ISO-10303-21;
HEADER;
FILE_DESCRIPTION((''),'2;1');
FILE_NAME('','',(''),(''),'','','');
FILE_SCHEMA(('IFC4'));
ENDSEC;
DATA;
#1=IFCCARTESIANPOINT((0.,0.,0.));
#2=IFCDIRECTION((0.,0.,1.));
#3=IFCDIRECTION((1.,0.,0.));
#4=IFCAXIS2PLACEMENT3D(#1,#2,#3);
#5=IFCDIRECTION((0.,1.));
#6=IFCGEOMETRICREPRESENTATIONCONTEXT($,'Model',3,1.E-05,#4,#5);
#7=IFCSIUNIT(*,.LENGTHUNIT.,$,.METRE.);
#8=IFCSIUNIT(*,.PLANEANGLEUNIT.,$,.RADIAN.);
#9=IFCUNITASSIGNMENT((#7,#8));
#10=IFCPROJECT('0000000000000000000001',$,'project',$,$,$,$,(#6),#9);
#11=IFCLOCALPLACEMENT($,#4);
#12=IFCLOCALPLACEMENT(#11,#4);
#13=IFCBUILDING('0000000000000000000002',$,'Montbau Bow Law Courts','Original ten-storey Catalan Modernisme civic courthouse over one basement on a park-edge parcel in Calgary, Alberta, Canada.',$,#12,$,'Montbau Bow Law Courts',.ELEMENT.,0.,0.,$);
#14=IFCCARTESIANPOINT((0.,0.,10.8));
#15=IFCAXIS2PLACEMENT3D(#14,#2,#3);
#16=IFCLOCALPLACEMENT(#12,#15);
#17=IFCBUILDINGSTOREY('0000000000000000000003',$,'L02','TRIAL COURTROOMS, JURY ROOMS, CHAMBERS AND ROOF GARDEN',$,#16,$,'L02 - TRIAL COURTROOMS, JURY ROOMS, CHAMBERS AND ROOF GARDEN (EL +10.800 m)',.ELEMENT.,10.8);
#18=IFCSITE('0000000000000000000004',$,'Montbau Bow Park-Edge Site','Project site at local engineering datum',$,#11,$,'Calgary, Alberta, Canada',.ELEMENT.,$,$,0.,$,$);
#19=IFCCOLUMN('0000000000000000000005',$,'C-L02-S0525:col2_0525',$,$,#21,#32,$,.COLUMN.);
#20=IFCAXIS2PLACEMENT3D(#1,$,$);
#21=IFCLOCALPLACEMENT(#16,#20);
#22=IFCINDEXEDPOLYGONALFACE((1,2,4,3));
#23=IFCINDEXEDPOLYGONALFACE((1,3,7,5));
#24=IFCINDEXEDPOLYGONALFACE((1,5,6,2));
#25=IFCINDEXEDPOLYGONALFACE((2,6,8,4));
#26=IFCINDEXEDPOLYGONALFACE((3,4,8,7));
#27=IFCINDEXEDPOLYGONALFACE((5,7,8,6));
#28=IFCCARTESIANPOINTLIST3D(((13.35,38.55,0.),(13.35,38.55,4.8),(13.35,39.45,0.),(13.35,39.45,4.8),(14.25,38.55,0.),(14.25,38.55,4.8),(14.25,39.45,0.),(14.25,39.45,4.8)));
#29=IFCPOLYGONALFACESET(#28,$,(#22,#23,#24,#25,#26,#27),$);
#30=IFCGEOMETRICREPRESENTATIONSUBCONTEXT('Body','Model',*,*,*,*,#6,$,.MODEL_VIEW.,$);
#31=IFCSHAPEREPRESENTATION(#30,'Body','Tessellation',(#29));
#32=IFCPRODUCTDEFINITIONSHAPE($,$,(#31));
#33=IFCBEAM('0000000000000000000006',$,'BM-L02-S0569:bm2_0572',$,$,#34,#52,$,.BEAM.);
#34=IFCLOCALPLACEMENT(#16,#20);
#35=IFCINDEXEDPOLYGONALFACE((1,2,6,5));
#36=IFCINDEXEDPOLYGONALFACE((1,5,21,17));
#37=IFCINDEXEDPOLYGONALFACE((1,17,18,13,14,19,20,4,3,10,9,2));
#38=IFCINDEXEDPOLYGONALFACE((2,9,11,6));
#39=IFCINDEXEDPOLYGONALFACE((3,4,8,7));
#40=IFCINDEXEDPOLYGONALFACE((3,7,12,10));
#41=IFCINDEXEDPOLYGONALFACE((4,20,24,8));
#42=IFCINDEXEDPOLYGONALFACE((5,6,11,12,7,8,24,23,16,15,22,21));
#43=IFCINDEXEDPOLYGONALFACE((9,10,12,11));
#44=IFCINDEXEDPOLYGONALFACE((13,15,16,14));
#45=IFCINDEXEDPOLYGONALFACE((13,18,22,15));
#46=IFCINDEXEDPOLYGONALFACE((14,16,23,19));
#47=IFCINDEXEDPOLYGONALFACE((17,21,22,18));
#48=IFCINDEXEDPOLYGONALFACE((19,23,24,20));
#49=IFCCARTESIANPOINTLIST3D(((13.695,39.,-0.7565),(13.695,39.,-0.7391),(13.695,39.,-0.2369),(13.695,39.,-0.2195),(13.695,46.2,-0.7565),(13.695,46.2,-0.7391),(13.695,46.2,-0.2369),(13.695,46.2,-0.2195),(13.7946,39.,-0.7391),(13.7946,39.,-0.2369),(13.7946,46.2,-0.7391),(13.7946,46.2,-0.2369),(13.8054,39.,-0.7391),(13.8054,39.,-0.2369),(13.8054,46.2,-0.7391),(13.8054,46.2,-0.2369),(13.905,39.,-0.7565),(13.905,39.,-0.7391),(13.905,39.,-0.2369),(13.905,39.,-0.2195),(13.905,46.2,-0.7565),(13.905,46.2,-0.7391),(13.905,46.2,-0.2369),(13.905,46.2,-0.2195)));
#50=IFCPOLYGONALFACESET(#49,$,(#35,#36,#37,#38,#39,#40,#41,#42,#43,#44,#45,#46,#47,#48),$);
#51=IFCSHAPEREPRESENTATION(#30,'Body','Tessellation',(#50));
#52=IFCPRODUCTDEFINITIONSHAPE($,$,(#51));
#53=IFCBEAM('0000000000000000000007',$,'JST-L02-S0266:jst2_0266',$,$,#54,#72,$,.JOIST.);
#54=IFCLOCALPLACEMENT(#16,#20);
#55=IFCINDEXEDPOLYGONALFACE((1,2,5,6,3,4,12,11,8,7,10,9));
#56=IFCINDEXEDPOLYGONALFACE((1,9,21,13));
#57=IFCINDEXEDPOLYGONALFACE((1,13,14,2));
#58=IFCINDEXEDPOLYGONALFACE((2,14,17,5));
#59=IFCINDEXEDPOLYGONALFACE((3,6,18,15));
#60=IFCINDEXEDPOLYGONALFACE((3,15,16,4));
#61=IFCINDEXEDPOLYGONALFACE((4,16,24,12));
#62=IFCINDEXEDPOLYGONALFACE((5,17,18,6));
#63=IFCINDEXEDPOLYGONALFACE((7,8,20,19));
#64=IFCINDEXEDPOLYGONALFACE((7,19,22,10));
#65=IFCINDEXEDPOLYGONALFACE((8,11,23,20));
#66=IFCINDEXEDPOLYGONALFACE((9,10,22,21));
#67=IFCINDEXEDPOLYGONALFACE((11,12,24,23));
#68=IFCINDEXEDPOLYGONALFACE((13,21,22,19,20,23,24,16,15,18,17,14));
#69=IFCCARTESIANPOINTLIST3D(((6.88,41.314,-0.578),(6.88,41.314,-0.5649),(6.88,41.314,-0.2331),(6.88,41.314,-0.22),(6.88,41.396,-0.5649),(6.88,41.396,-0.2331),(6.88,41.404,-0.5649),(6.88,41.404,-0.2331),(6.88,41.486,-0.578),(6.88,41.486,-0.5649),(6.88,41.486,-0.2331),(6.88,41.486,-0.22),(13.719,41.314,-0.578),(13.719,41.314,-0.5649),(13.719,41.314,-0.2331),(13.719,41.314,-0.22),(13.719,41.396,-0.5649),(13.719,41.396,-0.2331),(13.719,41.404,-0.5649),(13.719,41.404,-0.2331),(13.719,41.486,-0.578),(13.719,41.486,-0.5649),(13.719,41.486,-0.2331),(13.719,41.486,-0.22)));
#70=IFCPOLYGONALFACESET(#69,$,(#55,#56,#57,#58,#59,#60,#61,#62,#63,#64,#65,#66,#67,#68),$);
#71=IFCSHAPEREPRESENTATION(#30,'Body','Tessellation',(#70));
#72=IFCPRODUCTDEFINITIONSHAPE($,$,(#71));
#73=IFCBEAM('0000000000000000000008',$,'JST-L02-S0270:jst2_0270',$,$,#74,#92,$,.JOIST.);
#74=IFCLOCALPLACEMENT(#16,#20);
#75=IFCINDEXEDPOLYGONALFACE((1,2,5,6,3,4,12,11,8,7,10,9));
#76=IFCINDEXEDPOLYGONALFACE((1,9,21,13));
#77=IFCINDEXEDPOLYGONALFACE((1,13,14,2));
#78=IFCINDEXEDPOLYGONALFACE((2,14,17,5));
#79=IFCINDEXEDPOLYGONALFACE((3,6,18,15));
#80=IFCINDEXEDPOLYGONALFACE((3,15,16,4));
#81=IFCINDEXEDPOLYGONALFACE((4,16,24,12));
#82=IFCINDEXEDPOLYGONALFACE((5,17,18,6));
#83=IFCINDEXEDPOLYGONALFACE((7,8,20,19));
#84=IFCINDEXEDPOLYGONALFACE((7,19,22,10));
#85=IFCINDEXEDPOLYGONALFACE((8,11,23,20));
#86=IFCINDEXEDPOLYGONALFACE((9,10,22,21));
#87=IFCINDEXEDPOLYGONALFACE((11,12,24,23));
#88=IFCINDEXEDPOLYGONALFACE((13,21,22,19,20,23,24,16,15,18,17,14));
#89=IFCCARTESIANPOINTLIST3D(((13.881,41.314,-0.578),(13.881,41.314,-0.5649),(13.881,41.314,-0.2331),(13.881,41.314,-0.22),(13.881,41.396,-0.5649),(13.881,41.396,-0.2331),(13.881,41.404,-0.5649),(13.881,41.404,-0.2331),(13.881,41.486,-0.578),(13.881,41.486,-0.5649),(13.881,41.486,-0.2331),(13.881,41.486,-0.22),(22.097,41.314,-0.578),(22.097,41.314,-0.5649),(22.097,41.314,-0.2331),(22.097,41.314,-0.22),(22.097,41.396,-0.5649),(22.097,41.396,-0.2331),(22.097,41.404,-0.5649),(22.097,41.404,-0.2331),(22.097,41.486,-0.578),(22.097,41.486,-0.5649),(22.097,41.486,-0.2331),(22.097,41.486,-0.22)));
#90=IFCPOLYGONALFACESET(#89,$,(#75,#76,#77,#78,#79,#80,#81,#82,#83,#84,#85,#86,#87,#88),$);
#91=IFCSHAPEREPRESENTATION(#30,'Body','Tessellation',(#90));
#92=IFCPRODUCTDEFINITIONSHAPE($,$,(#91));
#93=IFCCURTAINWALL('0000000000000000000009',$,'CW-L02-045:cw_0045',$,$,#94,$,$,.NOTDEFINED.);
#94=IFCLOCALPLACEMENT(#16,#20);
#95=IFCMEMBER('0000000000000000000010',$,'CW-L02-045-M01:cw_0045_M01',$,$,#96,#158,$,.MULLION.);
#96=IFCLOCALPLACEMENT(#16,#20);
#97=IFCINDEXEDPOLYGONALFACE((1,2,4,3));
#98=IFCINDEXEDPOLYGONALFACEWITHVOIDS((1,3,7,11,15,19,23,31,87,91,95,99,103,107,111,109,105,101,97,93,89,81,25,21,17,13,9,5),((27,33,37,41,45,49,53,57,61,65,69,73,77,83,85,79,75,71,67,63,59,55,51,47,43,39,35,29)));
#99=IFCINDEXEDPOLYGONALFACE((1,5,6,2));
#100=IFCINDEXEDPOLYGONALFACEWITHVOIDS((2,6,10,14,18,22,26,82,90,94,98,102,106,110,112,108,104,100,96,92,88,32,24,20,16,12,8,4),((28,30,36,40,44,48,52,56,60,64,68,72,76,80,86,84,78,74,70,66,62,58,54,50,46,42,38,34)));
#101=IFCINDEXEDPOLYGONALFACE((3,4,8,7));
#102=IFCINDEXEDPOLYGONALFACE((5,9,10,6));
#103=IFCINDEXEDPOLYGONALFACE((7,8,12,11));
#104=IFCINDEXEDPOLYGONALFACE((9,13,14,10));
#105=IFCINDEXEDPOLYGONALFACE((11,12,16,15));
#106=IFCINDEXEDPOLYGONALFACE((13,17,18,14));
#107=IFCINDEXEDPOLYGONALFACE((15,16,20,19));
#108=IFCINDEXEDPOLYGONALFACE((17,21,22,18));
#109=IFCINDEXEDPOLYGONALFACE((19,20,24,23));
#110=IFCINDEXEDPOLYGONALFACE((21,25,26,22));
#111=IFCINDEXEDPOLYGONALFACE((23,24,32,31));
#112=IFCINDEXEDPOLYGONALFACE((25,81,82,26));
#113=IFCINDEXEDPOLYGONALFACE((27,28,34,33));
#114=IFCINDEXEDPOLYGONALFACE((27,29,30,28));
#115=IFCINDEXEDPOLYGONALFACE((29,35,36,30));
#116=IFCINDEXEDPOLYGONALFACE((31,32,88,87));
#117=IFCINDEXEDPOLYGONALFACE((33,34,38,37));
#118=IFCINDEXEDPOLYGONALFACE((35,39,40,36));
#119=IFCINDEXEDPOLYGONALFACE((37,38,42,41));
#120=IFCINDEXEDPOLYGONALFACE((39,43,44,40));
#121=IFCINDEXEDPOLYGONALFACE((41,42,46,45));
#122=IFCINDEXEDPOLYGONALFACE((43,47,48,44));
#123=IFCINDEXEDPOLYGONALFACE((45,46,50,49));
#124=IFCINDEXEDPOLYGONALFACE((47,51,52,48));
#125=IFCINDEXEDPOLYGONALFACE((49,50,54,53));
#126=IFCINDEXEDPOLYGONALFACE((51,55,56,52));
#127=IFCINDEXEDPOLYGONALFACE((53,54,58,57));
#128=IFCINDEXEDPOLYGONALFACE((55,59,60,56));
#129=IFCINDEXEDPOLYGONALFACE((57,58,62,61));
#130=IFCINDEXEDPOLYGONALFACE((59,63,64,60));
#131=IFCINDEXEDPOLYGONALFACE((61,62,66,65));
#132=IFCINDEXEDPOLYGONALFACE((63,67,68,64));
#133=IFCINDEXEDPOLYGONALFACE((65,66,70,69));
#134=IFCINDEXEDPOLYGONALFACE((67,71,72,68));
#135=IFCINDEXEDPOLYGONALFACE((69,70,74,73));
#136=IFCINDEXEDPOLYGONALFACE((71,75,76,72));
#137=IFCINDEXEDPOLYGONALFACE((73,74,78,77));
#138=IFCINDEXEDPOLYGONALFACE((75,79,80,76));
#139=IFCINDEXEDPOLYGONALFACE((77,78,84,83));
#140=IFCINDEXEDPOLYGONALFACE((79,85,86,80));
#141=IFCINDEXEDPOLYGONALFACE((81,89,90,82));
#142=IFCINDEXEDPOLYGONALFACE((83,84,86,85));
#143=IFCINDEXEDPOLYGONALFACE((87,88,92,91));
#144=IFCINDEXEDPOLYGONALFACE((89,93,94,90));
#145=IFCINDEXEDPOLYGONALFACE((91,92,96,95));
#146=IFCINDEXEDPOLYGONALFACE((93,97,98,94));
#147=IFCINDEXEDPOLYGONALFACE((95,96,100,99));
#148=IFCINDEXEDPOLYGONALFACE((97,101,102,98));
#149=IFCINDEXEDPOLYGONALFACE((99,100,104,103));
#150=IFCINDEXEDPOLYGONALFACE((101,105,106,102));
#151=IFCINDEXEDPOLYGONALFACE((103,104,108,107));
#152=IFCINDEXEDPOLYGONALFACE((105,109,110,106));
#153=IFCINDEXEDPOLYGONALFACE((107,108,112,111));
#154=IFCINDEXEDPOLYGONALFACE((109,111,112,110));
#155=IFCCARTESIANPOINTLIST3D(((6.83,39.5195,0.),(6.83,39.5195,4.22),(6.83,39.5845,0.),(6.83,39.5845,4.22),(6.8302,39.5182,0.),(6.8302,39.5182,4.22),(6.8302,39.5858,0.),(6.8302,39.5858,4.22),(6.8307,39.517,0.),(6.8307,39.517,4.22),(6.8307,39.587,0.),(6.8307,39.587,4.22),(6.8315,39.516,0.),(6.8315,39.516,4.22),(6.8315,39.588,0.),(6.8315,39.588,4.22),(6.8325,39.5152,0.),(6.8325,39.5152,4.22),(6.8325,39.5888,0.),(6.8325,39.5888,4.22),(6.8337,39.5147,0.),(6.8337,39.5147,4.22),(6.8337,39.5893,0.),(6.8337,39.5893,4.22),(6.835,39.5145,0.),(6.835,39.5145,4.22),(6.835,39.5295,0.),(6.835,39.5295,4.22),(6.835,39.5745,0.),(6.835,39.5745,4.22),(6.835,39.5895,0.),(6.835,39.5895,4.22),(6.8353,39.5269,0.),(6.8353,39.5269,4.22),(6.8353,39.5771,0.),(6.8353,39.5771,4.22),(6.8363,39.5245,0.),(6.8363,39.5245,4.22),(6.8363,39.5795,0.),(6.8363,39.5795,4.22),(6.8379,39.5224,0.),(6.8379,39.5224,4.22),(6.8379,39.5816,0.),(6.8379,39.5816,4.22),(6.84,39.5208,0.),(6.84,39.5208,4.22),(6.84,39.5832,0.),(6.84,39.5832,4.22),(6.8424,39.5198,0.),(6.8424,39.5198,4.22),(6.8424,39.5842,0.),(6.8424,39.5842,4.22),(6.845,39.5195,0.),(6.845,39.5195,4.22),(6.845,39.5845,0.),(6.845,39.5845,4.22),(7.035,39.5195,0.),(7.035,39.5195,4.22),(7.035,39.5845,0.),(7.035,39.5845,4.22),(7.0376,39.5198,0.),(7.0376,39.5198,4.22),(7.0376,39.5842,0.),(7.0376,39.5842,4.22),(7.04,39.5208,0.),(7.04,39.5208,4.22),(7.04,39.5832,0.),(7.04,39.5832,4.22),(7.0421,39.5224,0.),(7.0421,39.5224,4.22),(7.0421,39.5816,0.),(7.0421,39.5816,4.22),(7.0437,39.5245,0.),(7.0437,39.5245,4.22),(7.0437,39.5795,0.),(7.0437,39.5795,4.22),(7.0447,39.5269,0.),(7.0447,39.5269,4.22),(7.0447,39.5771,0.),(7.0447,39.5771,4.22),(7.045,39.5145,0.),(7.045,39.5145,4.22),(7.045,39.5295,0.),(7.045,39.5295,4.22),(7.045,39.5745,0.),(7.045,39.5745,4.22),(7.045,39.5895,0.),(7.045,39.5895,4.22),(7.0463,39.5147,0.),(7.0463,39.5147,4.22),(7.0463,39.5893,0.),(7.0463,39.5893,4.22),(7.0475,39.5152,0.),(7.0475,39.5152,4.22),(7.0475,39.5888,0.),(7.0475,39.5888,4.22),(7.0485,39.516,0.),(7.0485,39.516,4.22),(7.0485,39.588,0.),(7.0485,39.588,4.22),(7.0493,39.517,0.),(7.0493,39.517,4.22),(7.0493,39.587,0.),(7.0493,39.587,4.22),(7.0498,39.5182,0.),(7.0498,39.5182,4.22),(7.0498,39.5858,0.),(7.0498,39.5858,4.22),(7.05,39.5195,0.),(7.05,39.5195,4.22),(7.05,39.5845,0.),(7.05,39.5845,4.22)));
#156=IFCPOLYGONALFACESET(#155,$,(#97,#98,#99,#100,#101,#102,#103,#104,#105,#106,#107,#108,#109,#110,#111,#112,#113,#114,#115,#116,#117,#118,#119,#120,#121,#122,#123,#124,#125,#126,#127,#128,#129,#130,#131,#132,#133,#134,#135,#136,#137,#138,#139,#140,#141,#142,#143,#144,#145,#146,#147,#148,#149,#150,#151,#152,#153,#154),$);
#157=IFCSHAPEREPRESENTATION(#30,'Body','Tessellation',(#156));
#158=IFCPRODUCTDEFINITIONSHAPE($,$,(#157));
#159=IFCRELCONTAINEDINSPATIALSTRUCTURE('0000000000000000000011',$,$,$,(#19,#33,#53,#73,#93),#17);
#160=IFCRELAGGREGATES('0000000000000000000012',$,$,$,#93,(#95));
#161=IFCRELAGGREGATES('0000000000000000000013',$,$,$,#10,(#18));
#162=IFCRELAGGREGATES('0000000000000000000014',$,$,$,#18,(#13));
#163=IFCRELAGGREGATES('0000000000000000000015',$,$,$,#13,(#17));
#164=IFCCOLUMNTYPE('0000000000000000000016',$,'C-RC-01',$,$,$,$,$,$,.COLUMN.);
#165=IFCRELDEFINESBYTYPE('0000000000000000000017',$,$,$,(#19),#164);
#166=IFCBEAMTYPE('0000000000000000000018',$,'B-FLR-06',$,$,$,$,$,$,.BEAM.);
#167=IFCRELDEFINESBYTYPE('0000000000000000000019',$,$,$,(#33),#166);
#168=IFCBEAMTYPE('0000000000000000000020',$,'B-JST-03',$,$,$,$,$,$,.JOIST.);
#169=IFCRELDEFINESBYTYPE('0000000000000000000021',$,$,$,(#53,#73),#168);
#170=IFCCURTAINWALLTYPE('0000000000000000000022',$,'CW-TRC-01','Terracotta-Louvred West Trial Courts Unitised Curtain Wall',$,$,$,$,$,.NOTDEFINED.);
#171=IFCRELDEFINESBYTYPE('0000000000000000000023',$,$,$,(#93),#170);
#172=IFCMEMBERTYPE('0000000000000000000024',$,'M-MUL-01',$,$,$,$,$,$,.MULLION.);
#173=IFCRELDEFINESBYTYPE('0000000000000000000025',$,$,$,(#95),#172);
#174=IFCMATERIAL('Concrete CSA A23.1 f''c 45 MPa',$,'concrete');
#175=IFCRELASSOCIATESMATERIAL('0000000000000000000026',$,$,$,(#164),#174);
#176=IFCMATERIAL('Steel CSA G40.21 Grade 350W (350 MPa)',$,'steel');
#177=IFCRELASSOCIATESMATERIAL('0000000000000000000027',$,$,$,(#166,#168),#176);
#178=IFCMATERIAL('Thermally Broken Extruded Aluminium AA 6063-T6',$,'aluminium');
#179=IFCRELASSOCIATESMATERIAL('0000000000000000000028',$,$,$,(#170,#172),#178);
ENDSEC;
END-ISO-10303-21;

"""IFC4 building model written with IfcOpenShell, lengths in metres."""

from ifc_helpers import new_model, si_unit, direction, frame, origin_with_axes, origin_2d_with_axis, place, context, subcontext, project, spatial, rectangle, hollow_rectangle, i_section, extrude, material, material_profile, profile_set, type_object, element, aggregate, save


model = new_model("IFC4")

# Units and contexts
model_context = context("Model", 3, precision=1e-05, world=origin_with_axes(), true_north=direction((0.0, 1.0)))
body_context = subcontext(model_context, "Body", "Model", "MODEL_VIEW")
ifc_project = project(units=[si_unit("LENGTHUNIT", "METRE"), si_unit("PLANEANGLEUNIT", "RADIAN")], contexts=[model_context])

# Site, building, storey
site_placement = place(None, origin_with_axes())
site = spatial("IfcSite", under=ifc_project, at=site_placement, Name="Montbau Bow Park-Edge Site", Description="Project site at local engineering datum", LongName="Calgary, Alberta, Canada", CompositionType="ELEMENT", RefElevation=0.0)
building_placement = place(site_placement, origin_with_axes())
building = spatial("IfcBuilding", under=site, at=building_placement, Name="Montbau Bow Law Courts", Description="Original ten-storey Catalan Modernisme civic courthouse over one basement on a park-edge parcel in Calgary, Alberta, Canada.", LongName="Montbau Bow Law Courts", CompositionType="ELEMENT", ElevationOfRefHeight=0.0, ElevationOfTerrain=0.0)
storey_placement = place(building_placement, frame((0.0, 0.0, 10.8), z_axis=(0.0, 0.0, 1.0), x_axis=(1.0, 0.0, 0.0)))
storey = spatial("IfcBuildingStorey", under=building, at=storey_placement, Name="L02", Description="TRIAL COURTROOMS, JURY ROOMS, CHAMBERS AND ROOF GARDEN", LongName="L02 - TRIAL COURTROOMS, JURY ROOMS, CHAMBERS AND ROOF GARDEN (EL +10.800 m)", CompositionType="ELEMENT", Elevation=10.8)

# Column
ifc_material_1 = material(Name="Concrete CSA A23.1 f'c 45 MPa", Category="concrete")
ifc_material_profile_1 = material_profile(ifc_material_1, rectangle(XDim=0.9, YDim=0.9, at=origin_2d_with_axis()), Name="RC900X900", Category="Main", Priority=0)
ifc_profile_set_1 = profile_set([ifc_material_profile_1], Name="Concrete CSA A23.1 f'c 45 MPa")
column_type = type_object("IfcColumnType", Name="C-RC-01", PredefinedType="COLUMN", material=ifc_profile_set_1)
column_placement = place(None, frame((13.8, 39.0, 10.8), z_axis=(0.0, 0.0, 1.0), x_axis=(1.0, 0.0, 0.0)))
element("IfcColumn", 1, at=column_placement, inside=storey, type_object=column_type, Name="C-L02-S0525:col2_0525", PredefinedType="COLUMN", context=body_context, shape_type="SweptSolid", body=[
    extrude(rectangle(XDim=0.9, YDim=0.9, at=origin_2d_with_axis()), origin_with_axes(), (0.0, 0.0, 1.0), 4.8),
])

# Beams
ifc_material_2 = material(Name="Steel CSA G40.21 Grade 350W (350 MPa)", Category="steel")
ifc_material_profile_2 = material_profile(ifc_material_2, i_section(OverallWidth=0.21, OverallDepth=0.537, WebThickness=0.0109, FlangeThickness=0.0174, at=origin_2d_with_axis()), Name="W530X101", Category="Main", Priority=0)
ifc_profile_set_2 = profile_set([ifc_material_profile_2], Name="Steel CSA G40.21 Grade 350W (350 MPa)")
beam_type_1 = type_object("IfcBeamType", Name="B-FLR-06", PredefinedType="BEAM", material=ifc_profile_set_2)
beam_1_placement = place(None, frame((13.8, 39.0, 10.312), z_axis=(0.0, 1.0, 0.0), x_axis=(-1.0, 0.0, 0.0)))
element("IfcBeam", 2, at=beam_1_placement, inside=storey, type_object=beam_type_1, Name="BM-L02-S0569:bm2_0572", PredefinedType="BEAM", context=body_context, shape_type="SweptSolid", body=[
    extrude(i_section(OverallWidth=0.21, OverallDepth=0.537, WebThickness=0.0109, FlangeThickness=0.0174, at=origin_2d_with_axis()), origin_with_axes(), (0.0, 0.0, 1.0), 7.2),
])
ifc_material_profile_3 = material_profile(ifc_material_2, i_section(OverallWidth=0.172, OverallDepth=0.358, WebThickness=0.0079, FlangeThickness=0.0131, at=origin_2d_with_axis()), Name="W360X57", Category="Main", Priority=0)
ifc_profile_set_3 = profile_set([ifc_material_profile_3], Name="Steel CSA G40.21 Grade 350W (350 MPa)")
beam_type_2 = type_object("IfcBeamType", Name="B-JST-03", PredefinedType="JOIST", material=ifc_profile_set_3)
beam_2_placement = place(None, frame((6.88, 41.4, 10.401), z_axis=(1.0, 0.0, 0.0), x_axis=(0.0, 1.0, 0.0)))
element("IfcBeam", 3, at=beam_2_placement, inside=storey, type_object=beam_type_2, Name="JST-L02-S0266:jst2_0266", PredefinedType="JOIST", context=body_context, shape_type="SweptSolid", body=[
    extrude(i_section(OverallWidth=0.172, OverallDepth=0.358, WebThickness=0.0079, FlangeThickness=0.0131, at=origin_2d_with_axis()), origin_with_axes(), (0.0, 0.0, 1.0), 6.839),
])
beam_3_placement = place(None, frame((13.881, 41.4, 10.401), z_axis=(1.0, 0.0, 0.0), x_axis=(0.0, 1.0, 0.0)))
element("IfcBeam", 4, at=beam_3_placement, inside=storey, type_object=beam_type_2, Name="JST-L02-S0270:jst2_0270", PredefinedType="JOIST", context=body_context, shape_type="SweptSolid", body=[
    extrude(i_section(OverallWidth=0.172, OverallDepth=0.358, WebThickness=0.0079, FlangeThickness=0.0131, at=origin_2d_with_axis()), origin_with_axes(), (0.0, 0.0, 1.0), 8.216),
])

# Curtain wall, member
ifc_material_3 = material(Name="Thermally Broken Extruded Aluminium AA 6063-T6", Category="aluminium")
curtain_wall_type = type_object("IfcCurtainWallType", Name="CW-TRC-01", Description="Terracotta-Louvred West Trial Courts Unitised Curtain Wall", PredefinedType="NOTDEFINED", material=ifc_material_3)
curtain_wall_placement = place(None, frame((6.94, 39.515, 10.8), z_axis=(0.0, 0.0, 1.0), x_axis=(1.0, 0.0, 0.0)))
curtain_wall = element("IfcCurtainWall", 5, at=curtain_wall_placement, inside=storey, type_object=curtain_wall_type, Name="CW-L02-045:cw_0045", PredefinedType="NOTDEFINED")
ifc_material_profile_4 = material_profile(ifc_material_3, hollow_rectangle(XDim=0.075, YDim=0.22, WallThickness=0.005, InnerFilletRadius=0.01, OuterFilletRadius=0.005, at=origin_2d_with_axis()), Name="CWM-220X75", Category="Main", Priority=0)
ifc_profile_set_4 = profile_set([ifc_material_profile_4], Name="Thermally Broken Extruded Aluminium AA 6063-T6")
member_type_1 = type_object("IfcMemberType", Name="M-MUL-01", PredefinedType="MULLION", material=ifc_profile_set_4)
member_1_placement = place(None, frame((6.94, 39.552, 10.8), z_axis=(0.0, 0.0, 1.0), x_axis=(0.0, 1.0, 0.0)))
member_1 = element("IfcMember", 6, at=member_1_placement, type_object=member_type_1, Name="CW-L02-045-M01:cw_0045_M01", PredefinedType="MULLION", context=body_context, shape_type="SweptSolid", body=[
    extrude(hollow_rectangle(XDim=0.075, YDim=0.22, WallThickness=0.005, InnerFilletRadius=0.01, OuterFilletRadius=0.005, at=origin_2d_with_axis()), origin_with_axes(), (0.0, 0.0, 1.0), 4.22),
])
aggregate(curtain_wall, [member_1])

save(model, "model.ifc")
